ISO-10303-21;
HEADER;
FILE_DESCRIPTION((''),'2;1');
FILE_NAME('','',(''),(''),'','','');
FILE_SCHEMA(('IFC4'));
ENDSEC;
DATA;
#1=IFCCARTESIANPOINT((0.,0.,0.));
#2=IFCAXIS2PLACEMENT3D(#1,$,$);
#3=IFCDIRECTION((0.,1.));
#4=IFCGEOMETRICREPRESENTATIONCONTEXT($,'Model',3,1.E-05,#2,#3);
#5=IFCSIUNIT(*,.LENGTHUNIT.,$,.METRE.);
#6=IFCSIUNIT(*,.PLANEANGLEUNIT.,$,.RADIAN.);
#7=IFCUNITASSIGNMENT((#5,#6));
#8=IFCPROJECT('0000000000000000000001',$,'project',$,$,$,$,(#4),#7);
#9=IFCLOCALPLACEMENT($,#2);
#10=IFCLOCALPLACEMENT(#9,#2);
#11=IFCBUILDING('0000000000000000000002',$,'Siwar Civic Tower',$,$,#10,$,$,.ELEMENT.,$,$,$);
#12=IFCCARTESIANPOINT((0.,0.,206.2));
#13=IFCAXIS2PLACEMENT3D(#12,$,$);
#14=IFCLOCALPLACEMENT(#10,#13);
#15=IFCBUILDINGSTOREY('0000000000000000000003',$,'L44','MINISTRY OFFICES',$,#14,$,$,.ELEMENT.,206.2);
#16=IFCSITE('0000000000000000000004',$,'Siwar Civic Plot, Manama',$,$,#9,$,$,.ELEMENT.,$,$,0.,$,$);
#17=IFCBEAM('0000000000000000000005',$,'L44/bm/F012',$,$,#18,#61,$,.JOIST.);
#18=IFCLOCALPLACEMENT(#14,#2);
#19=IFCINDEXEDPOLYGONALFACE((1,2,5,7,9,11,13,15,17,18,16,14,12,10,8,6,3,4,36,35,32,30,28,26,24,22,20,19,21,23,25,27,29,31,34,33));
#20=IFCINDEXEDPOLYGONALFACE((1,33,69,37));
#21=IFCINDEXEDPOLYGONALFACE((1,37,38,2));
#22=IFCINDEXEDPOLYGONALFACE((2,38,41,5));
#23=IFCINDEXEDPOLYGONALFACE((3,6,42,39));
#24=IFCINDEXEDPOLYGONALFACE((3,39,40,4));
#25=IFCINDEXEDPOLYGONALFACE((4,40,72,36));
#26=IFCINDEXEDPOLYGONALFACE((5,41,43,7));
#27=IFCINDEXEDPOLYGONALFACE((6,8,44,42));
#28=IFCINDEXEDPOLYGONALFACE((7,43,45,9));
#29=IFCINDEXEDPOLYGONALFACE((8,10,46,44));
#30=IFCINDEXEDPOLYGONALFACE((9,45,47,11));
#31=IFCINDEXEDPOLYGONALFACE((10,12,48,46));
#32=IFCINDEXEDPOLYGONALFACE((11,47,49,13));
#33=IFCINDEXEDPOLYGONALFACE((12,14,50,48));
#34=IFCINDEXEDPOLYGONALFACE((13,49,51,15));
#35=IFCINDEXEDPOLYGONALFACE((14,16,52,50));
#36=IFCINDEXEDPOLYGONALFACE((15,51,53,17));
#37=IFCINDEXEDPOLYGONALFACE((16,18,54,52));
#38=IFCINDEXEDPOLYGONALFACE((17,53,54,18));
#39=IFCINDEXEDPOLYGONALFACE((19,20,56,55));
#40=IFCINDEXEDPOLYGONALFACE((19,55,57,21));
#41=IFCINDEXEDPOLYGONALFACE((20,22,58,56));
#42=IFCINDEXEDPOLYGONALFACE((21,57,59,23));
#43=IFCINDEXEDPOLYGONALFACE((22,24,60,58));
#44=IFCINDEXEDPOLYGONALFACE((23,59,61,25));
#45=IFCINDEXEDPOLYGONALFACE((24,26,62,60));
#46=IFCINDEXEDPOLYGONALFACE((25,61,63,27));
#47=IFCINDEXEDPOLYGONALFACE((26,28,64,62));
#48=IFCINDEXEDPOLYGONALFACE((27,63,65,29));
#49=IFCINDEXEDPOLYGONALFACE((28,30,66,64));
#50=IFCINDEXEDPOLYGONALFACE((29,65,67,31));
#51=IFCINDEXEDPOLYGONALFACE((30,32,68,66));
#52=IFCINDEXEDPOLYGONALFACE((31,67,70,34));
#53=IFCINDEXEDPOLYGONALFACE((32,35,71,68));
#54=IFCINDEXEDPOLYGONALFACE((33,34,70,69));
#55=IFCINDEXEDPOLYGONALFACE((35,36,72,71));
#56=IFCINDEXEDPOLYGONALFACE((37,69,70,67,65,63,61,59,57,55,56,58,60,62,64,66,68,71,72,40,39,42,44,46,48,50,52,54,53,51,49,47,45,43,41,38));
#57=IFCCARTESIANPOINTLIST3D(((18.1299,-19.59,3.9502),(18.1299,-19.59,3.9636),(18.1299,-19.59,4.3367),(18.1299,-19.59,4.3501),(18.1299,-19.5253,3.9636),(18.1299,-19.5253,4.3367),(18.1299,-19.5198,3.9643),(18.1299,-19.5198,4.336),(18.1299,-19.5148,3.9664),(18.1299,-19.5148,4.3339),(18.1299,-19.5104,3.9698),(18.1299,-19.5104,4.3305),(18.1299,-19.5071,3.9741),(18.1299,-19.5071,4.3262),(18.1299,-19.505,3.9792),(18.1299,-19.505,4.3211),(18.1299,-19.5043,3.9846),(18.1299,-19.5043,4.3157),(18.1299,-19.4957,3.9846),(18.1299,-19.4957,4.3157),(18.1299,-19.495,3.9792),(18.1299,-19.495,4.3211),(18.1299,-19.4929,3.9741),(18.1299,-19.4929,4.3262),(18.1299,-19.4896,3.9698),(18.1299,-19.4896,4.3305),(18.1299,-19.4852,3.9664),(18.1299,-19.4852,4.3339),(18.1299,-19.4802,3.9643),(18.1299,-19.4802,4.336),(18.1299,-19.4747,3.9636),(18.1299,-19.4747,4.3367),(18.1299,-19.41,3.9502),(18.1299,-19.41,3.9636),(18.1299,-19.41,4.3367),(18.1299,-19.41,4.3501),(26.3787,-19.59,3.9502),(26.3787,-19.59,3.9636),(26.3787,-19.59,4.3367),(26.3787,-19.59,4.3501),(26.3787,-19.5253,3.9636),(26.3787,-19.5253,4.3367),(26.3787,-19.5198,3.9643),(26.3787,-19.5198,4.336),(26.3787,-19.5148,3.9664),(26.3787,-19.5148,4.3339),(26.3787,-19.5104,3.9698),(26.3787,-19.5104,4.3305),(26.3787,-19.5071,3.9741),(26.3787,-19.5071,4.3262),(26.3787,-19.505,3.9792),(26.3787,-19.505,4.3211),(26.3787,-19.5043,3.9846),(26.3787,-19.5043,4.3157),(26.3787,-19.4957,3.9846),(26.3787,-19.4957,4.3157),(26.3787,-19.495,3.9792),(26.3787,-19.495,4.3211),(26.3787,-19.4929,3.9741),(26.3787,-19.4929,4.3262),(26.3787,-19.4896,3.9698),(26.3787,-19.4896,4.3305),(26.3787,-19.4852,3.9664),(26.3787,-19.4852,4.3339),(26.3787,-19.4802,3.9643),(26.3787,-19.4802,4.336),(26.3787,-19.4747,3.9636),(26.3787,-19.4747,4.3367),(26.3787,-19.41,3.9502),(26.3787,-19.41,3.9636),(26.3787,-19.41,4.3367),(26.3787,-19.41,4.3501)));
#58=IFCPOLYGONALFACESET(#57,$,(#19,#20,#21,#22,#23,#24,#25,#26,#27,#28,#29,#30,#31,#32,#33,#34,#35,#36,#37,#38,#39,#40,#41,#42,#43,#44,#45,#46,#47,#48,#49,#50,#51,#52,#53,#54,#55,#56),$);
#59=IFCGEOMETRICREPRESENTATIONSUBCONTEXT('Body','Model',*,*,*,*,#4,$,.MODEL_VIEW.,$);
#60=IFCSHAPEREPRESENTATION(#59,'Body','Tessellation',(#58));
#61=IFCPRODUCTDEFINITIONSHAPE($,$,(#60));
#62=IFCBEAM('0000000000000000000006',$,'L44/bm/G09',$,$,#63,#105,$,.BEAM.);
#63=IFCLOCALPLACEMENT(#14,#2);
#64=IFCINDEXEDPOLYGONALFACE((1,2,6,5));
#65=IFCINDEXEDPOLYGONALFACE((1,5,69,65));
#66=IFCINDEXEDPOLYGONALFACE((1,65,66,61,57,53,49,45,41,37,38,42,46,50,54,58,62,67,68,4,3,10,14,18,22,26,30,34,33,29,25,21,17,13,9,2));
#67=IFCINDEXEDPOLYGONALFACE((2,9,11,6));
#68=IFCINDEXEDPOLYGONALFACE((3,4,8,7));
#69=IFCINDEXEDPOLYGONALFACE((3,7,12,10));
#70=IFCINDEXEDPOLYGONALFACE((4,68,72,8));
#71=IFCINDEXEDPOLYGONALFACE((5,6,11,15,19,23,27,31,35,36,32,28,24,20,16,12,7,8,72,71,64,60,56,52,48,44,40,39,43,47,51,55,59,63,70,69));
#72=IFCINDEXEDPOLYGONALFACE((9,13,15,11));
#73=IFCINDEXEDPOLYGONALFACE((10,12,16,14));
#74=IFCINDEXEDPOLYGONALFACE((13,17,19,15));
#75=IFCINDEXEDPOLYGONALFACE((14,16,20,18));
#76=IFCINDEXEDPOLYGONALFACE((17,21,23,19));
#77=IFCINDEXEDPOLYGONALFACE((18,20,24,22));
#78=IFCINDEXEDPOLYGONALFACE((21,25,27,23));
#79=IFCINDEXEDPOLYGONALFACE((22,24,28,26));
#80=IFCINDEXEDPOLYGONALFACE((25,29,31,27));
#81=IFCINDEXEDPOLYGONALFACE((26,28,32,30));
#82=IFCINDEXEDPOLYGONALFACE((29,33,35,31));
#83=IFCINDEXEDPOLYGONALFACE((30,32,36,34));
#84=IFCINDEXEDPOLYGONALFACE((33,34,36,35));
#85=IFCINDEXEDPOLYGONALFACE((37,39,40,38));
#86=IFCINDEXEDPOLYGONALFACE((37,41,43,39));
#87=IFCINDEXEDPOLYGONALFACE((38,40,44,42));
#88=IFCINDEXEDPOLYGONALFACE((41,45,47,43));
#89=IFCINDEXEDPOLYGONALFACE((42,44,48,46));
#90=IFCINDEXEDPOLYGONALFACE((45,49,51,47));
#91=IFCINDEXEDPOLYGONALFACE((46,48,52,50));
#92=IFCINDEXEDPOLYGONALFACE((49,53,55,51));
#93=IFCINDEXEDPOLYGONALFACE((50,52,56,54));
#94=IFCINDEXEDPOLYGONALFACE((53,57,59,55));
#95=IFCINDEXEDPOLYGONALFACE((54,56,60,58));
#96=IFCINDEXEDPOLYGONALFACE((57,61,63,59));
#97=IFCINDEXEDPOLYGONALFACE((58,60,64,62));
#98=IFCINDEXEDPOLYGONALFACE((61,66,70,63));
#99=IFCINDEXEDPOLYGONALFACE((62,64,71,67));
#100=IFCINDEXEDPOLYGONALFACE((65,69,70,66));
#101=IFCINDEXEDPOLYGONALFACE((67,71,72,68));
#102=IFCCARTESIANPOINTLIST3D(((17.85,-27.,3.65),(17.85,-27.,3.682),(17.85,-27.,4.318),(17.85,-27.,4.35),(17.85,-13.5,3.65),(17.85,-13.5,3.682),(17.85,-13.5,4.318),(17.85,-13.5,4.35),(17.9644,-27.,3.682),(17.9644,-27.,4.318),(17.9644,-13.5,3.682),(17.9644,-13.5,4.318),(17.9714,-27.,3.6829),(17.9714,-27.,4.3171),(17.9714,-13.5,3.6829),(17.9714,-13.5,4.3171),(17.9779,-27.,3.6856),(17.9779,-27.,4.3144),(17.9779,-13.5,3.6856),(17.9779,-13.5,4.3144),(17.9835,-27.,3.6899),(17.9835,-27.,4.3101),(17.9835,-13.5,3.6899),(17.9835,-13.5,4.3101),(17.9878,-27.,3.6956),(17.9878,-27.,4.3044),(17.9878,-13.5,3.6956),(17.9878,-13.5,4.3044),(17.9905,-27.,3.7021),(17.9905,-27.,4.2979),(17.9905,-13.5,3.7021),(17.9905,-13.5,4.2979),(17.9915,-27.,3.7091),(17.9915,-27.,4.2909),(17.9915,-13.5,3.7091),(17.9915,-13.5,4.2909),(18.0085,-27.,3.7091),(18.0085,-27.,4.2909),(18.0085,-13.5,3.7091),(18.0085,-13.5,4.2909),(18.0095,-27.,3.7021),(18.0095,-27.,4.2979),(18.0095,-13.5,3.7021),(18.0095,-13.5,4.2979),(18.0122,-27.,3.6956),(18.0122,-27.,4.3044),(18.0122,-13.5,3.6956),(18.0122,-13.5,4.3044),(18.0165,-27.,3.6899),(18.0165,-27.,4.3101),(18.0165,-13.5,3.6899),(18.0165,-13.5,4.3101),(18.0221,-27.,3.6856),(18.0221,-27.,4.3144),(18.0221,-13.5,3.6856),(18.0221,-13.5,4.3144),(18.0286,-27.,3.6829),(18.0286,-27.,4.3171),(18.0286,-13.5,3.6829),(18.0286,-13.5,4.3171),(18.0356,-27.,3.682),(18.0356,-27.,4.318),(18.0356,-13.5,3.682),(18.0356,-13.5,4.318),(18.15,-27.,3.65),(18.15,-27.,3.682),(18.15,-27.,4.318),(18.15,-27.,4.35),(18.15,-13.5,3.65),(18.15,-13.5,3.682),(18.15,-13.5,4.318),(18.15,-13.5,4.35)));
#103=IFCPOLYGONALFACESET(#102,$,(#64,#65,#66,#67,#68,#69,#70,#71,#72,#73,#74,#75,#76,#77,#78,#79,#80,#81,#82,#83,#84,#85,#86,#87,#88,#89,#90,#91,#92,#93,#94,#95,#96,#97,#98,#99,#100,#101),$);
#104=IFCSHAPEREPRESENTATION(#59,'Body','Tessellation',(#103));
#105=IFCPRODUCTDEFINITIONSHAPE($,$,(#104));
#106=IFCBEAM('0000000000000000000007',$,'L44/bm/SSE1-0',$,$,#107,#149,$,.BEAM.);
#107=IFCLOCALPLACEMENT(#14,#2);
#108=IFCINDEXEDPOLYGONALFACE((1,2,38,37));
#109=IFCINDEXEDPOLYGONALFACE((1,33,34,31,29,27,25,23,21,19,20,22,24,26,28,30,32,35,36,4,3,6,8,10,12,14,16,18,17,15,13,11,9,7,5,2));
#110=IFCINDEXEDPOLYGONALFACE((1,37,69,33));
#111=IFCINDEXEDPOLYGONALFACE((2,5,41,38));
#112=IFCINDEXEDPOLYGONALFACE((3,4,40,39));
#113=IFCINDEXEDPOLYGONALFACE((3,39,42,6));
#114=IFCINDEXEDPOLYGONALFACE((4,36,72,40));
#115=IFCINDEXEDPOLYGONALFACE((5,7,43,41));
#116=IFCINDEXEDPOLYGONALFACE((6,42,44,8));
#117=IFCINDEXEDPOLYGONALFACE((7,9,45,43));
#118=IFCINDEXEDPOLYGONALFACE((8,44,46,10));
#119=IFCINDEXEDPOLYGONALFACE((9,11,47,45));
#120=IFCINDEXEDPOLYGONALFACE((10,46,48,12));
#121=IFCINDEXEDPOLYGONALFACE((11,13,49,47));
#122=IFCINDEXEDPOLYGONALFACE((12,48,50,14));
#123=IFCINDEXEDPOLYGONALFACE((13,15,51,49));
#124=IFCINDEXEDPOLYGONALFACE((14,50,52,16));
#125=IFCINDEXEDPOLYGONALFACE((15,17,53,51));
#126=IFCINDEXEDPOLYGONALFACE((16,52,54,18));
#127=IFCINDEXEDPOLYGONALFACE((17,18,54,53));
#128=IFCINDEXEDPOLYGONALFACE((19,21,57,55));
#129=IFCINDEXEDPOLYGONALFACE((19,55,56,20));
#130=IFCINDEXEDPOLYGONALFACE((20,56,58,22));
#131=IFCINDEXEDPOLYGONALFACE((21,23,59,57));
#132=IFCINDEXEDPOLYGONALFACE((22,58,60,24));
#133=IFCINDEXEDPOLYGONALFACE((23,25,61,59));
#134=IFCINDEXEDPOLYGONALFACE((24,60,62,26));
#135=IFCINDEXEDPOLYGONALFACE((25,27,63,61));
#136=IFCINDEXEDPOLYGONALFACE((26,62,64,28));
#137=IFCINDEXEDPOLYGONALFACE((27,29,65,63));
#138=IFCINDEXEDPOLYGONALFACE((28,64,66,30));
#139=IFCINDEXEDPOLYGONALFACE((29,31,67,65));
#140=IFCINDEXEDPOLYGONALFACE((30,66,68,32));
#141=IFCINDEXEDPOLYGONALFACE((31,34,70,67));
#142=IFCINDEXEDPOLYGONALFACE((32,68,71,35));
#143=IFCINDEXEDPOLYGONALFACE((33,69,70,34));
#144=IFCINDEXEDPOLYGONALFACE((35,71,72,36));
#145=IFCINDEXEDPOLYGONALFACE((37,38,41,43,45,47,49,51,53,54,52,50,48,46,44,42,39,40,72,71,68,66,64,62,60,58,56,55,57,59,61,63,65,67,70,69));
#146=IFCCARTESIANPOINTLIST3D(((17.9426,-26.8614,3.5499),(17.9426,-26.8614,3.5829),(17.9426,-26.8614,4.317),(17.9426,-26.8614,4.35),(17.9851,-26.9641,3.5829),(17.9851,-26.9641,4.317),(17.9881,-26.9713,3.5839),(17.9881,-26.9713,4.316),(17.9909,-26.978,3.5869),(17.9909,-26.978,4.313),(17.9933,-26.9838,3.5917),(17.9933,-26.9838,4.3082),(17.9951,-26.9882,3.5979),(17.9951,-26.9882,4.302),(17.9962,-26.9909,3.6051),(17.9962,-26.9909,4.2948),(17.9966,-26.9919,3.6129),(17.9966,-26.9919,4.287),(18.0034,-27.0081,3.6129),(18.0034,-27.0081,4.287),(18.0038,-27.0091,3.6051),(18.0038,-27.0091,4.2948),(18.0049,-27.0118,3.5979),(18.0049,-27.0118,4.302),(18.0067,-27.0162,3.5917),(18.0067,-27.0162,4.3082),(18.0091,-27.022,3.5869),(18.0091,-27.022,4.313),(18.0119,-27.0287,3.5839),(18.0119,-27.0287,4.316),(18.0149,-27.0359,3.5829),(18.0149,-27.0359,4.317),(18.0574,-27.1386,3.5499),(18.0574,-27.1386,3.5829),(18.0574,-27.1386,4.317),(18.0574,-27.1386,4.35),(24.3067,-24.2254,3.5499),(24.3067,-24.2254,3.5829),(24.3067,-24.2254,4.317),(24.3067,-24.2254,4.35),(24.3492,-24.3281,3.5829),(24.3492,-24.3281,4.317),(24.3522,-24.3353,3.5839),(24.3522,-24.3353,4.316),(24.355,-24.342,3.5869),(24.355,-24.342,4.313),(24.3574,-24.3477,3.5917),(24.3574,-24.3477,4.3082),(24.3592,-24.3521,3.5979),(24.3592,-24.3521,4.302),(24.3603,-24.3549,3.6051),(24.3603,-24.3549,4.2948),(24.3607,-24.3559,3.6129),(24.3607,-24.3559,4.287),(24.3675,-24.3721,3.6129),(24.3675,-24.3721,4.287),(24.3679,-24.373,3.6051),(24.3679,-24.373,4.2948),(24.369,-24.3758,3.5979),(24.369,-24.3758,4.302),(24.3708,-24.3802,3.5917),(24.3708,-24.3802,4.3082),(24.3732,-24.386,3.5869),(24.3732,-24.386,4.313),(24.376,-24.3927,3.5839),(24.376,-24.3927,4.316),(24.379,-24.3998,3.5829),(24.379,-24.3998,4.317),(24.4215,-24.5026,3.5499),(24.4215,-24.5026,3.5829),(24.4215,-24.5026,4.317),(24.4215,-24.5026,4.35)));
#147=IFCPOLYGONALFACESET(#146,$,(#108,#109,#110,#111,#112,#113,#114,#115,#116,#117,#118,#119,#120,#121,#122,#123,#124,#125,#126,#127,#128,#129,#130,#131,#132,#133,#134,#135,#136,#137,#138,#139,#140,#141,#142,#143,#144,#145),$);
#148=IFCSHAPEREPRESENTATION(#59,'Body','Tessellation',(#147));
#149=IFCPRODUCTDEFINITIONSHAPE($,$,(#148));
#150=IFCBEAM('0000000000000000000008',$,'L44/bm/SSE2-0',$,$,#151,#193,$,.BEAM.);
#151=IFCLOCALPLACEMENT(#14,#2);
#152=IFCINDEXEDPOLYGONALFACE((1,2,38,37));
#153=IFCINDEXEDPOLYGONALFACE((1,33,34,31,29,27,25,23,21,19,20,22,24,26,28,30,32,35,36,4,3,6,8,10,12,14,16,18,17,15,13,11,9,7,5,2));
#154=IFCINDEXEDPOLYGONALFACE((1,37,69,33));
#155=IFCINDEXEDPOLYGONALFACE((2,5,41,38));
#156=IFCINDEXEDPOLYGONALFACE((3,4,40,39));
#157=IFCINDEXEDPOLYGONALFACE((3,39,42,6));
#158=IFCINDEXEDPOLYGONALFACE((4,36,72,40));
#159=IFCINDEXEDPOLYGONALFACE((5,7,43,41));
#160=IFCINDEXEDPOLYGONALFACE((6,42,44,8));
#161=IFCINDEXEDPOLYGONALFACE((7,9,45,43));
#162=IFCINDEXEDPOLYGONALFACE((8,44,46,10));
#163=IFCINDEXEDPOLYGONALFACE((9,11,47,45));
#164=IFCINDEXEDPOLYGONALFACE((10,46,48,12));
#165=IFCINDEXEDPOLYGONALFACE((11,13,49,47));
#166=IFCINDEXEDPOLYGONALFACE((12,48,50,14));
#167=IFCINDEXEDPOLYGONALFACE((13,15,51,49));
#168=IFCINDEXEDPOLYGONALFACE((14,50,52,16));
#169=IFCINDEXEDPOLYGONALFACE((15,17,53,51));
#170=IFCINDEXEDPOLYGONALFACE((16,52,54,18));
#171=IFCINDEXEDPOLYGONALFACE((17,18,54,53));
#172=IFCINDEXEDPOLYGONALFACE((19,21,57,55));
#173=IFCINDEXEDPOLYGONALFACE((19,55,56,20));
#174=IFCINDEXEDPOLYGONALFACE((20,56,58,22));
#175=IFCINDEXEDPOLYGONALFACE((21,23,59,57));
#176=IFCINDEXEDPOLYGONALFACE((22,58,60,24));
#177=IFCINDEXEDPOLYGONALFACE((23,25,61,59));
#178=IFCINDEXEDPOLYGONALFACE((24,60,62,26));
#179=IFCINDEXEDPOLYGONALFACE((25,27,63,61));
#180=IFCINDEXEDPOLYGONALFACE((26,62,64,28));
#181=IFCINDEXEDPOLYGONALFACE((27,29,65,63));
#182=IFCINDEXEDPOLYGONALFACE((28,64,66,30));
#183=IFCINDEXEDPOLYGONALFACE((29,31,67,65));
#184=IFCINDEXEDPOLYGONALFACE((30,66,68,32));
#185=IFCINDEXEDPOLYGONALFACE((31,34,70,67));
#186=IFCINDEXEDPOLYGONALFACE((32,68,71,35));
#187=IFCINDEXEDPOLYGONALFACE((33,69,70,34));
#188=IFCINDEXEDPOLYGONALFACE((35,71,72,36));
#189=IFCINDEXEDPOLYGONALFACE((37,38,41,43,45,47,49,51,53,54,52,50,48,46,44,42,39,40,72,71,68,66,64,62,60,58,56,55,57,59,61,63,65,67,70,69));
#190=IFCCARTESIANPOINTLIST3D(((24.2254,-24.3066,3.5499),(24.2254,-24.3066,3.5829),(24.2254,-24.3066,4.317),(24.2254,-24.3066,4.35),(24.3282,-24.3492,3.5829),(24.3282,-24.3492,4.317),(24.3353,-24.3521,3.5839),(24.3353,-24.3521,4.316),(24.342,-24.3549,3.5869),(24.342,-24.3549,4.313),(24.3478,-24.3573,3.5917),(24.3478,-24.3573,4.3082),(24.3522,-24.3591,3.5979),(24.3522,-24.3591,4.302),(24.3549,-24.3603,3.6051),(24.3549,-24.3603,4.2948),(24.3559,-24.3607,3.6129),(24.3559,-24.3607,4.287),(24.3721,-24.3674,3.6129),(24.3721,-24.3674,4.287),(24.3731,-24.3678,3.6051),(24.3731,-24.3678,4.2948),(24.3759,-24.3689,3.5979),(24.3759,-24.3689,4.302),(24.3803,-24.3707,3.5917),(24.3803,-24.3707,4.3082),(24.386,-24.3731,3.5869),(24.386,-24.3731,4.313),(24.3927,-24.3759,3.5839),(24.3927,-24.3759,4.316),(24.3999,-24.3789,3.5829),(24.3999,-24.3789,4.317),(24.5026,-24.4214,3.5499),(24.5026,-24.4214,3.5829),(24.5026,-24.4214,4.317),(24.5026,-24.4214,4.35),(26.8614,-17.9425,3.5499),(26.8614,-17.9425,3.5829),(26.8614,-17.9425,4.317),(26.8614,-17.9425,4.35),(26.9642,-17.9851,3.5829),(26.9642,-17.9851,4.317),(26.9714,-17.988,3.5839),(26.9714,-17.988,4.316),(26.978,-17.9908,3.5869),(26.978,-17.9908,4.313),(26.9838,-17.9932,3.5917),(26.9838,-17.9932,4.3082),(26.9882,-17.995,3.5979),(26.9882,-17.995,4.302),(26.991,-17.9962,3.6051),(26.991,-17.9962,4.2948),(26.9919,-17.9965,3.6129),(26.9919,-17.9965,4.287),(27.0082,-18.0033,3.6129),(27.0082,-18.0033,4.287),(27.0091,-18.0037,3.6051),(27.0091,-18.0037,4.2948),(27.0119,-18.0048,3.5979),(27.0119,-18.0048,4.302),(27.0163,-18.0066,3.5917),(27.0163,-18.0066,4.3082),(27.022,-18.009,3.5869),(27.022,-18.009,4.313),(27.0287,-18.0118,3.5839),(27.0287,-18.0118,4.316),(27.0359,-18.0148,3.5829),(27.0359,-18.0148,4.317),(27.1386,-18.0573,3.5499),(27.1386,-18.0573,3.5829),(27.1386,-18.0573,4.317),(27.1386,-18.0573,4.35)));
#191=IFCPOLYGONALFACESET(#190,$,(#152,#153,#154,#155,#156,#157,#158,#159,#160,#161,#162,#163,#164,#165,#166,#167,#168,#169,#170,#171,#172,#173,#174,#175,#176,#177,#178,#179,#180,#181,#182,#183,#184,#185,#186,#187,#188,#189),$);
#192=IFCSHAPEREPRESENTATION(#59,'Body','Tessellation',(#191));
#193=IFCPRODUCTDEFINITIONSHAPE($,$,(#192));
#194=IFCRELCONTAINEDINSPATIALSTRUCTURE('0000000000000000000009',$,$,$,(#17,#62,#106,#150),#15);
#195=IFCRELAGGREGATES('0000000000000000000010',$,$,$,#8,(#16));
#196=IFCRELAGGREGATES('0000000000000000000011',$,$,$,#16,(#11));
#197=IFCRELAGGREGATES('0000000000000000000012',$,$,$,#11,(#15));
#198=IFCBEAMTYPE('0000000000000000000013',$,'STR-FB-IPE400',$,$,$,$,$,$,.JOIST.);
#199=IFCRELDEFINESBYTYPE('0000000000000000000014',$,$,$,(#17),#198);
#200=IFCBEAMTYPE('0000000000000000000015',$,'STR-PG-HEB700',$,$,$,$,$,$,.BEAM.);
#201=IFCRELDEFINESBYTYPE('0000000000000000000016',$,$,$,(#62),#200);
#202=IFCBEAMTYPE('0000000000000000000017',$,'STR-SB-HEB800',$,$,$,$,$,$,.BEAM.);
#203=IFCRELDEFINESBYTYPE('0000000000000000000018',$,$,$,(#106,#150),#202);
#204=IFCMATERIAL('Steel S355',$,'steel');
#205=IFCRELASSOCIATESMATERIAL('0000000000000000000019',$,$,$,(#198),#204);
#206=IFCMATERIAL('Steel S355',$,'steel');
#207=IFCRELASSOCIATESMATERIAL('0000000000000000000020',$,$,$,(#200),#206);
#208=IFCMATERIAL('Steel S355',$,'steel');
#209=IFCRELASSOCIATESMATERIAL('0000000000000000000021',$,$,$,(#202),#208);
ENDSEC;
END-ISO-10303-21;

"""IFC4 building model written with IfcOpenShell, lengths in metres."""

from ifc_helpers import new_model, si_unit, direction, frame, origin, origin_2d, place, context, subcontext, project, spatial, i_section, extrude, material, material_profile, profile_set, type_object, element, save


model = new_model("IFC4")

# Units and contexts
model_context = context("Model", 3, precision=1e-05, world=origin(), true_north=direction((0.0, 1.0)))
body_context = subcontext(model_context, "Body", "Model", "MODEL_VIEW")
ifc_project = project(units=[si_unit("LENGTHUNIT", "METRE"), si_unit("PLANEANGLEUNIT", "RADIAN")], contexts=[model_context])

# Site, building, storey
site_placement = place(None, origin())
site = spatial("IfcSite", under=ifc_project, at=site_placement, Name="Siwar Civic Plot, Manama", CompositionType="ELEMENT", RefElevation=0.0)
building_placement = place(site_placement, origin())
building = spatial("IfcBuilding", under=site, at=building_placement, Name="Siwar Civic Tower", CompositionType="ELEMENT")
storey_placement = place(building_placement, frame((0.0, 0.0, 206.2)))
storey = spatial("IfcBuildingStorey", under=building, at=storey_placement, Name="L44", Description="MINISTRY OFFICES", CompositionType="ELEMENT", Elevation=206.2)

# Beams
ifc_material_1 = material(Name="Steel S355", Category="steel")
ifc_material_profile_1 = material_profile(ifc_material_1, i_section(OverallWidth=0.1799, OverallDepth=0.3999, WebThickness=0.0085, FlangeThickness=0.0134, FilletRadius=0.021, at=origin_2d()), Name="IPE400")
ifc_profile_set_1 = profile_set([ifc_material_profile_1], Name="Steel S355")
beam_type_1 = type_object("IfcBeamType", Name="STR-FB-IPE400", PredefinedType="JOIST", material=ifc_profile_set_1)
beam_1_placement = place(storey_placement, frame((18.1299, -19.5, 4.1501), z_axis=(1.0, 0.0, 0.0), x_axis=(0.0, 1.0, 0.0)))
element("IfcBeam", 1, at=beam_1_placement, inside=storey, type_object=beam_type_1, Name="L44/bm/F012", PredefinedType="JOIST", context=body_context, shape_type="SweptSolid", body=[
    extrude(i_section(OverallWidth=0.1799, OverallDepth=0.3999, WebThickness=0.0085, FlangeThickness=0.0134, FilletRadius=0.021, at=origin_2d()), origin(), (0.0, 0.0, 1.0), 8.2488),
])
ifc_material_2 = material(Name="Steel S355", Category="steel")
ifc_material_profile_2 = material_profile(ifc_material_2, i_section(OverallWidth=0.3, OverallDepth=0.7, WebThickness=0.0171, FlangeThickness=0.032, FilletRadius=0.0271, at=origin_2d()), Name="HEB700")
ifc_profile_set_2 = profile_set([ifc_material_profile_2], Name="Steel S355")
beam_type_2 = type_object("IfcBeamType", Name="STR-PG-HEB700", PredefinedType="BEAM", material=ifc_profile_set_2)
beam_2_placement = place(storey_placement, frame((18.0, -27.0, 4.0), z_axis=(0.0, 1.0, 0.0), x_axis=(-1.0, 0.0, 0.0)))
element("IfcBeam", 2, at=beam_2_placement, inside=storey, type_object=beam_type_2, Name="L44/bm/G09", PredefinedType="BEAM", context=body_context, shape_type="SweptSolid", body=[
    extrude(i_section(OverallWidth=0.3, OverallDepth=0.7, WebThickness=0.0171, FlangeThickness=0.032, FilletRadius=0.0271, at=origin_2d()), origin(), (0.0, 0.0, 1.0), 13.5),
])
ifc_material_3 = material(Name="Steel S355", Category="steel")
ifc_material_profile_3 = material_profile(ifc_material_3, i_section(OverallWidth=0.3, OverallDepth=0.8, WebThickness=0.0176, FlangeThickness=0.033, FilletRadius=0.03, at=origin_2d()), Name="HEB800")
ifc_profile_set_3 = profile_set([ifc_material_profile_3], Name="Steel S355")
beam_type_3 = type_object("IfcBeamType", Name="STR-SB-HEB800", PredefinedType="BEAM", material=ifc_profile_set_3)
for number, where, z_axis, x_axis, name in (
    (3, (18.0, -27.0, 3.95), (0.923883, 0.382674, 0.0), (-0.382674, 0.923883, 0.0), "L44/bm/SSE1-0"),
    (4, (24.364, -24.364, 3.95), (0.382674, 0.923883, 0.0), (-0.923883, 0.382674, 0.0), "L44/bm/SSE2-0"),
):
    element("IfcBeam", number, at=place(storey_placement, frame(where, z_axis=z_axis, x_axis=x_axis)), inside=storey, type_object=beam_type_3, Name=name, PredefinedType="BEAM", context=body_context, shape_type="SweptSolid", body=[
        extrude(i_section(OverallWidth=0.3, OverallDepth=0.8, WebThickness=0.0176, FlangeThickness=0.033, FilletRadius=0.03, at=origin_2d()), origin(), (0.0, 0.0, 1.0), 6.8884),
    ])

save(model, "model.ifc")
